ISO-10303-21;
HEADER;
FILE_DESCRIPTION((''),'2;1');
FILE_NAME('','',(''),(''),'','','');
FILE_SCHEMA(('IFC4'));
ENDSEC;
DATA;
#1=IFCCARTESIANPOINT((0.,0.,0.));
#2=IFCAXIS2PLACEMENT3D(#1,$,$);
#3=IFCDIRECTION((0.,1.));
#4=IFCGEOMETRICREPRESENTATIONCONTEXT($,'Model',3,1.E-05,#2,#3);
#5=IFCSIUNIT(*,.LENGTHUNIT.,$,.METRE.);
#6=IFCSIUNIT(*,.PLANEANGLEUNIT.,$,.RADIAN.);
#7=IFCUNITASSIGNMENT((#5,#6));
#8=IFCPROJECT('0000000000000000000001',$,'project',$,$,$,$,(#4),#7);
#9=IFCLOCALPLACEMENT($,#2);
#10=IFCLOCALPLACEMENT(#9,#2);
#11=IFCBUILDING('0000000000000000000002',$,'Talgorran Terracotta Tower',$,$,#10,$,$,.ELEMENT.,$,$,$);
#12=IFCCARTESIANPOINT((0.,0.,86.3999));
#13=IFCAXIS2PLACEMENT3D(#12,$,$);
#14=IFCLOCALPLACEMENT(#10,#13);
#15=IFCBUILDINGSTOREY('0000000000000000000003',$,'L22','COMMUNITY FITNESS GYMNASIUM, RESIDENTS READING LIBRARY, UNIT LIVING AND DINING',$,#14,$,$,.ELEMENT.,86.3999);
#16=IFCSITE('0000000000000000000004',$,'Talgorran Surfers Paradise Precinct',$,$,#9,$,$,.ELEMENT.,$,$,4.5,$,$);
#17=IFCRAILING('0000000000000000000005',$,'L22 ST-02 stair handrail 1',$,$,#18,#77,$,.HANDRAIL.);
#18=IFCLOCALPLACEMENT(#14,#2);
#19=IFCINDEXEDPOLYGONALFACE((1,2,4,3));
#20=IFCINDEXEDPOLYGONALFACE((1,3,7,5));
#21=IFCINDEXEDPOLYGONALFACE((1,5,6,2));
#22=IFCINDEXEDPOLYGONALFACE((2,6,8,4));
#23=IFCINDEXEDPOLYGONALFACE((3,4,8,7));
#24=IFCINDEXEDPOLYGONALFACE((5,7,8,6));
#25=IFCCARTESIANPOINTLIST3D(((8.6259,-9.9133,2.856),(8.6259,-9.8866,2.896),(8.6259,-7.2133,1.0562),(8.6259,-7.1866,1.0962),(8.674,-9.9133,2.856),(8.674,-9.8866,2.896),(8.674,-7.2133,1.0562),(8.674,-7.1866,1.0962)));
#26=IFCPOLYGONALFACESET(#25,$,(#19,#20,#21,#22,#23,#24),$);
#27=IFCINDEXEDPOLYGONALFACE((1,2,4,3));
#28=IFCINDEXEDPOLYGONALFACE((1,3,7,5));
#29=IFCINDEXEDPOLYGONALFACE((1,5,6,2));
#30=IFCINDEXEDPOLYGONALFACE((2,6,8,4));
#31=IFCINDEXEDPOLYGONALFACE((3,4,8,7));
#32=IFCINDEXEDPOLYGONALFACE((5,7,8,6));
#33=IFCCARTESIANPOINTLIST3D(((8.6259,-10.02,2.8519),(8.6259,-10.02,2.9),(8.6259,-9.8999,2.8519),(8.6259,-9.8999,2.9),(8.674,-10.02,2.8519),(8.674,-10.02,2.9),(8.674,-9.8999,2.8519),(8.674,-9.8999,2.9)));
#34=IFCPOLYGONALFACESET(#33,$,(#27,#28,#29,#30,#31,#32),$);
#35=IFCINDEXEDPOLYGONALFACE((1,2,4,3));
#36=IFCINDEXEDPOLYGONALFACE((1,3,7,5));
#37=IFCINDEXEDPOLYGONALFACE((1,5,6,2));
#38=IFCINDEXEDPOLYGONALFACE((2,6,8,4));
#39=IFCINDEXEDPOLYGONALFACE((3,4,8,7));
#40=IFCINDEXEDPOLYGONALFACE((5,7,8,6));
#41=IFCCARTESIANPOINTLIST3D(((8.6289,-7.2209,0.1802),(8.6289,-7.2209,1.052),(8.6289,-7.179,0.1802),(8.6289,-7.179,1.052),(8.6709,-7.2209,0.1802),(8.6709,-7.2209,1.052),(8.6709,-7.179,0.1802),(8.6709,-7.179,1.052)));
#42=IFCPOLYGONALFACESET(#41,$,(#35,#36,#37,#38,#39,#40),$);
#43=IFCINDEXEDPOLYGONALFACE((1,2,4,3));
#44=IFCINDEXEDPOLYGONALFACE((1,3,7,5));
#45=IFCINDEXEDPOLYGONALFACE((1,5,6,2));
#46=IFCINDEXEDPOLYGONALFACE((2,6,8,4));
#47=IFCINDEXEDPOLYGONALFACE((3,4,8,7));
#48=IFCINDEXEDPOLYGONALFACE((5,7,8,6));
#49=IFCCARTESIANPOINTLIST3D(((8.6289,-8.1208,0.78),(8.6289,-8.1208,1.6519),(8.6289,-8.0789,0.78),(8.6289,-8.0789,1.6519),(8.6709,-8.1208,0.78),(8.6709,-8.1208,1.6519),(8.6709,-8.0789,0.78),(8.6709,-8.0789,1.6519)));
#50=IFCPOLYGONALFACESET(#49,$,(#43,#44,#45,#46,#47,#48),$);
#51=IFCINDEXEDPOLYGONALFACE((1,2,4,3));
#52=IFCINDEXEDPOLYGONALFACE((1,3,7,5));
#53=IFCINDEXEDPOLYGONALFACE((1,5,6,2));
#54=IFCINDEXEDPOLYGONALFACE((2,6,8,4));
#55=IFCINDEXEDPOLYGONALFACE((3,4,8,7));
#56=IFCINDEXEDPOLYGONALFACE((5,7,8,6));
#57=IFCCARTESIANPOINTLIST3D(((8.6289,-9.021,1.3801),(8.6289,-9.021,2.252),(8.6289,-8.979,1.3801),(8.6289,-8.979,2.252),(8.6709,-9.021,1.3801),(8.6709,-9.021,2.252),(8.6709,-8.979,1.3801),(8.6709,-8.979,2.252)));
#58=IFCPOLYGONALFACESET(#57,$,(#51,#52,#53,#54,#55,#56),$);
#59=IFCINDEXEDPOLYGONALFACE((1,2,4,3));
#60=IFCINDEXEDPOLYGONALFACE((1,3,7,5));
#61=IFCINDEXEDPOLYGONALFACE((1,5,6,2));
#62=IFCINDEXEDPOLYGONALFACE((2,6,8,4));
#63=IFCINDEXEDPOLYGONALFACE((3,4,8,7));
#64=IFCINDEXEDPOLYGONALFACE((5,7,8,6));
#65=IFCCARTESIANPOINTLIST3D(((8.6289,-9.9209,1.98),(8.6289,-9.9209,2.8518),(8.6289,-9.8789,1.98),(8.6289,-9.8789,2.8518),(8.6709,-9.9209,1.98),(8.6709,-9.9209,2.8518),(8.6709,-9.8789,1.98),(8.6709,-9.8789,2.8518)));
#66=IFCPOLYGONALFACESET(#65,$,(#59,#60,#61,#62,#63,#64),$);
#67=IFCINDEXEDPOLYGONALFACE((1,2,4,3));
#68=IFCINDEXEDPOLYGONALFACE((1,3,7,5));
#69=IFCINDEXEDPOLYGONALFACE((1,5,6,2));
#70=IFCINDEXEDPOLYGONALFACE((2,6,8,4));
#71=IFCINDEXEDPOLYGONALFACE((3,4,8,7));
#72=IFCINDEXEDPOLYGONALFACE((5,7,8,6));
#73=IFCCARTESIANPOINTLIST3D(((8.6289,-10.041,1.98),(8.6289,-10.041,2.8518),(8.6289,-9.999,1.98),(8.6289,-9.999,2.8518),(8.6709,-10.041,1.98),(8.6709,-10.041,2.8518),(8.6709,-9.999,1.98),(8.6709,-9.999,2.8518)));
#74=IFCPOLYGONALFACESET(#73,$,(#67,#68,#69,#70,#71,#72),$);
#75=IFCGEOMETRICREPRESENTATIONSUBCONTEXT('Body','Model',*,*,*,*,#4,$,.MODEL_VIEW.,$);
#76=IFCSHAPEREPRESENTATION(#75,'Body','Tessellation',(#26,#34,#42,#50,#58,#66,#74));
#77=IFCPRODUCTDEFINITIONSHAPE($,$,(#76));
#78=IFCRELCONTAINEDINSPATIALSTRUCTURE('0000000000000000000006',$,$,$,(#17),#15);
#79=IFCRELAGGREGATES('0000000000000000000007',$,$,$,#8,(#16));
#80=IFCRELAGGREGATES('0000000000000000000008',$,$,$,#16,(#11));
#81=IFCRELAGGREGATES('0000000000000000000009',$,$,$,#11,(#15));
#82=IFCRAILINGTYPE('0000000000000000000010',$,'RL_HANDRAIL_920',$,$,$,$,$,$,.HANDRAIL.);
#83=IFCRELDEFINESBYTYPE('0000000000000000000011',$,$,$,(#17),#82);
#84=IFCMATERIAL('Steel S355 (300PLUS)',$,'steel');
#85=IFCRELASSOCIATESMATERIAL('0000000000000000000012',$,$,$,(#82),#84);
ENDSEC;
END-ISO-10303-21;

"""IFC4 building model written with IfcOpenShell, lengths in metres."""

from ifc_helpers import new_model, si_unit, direction, frame, origin, origin_2d, place, context, subcontext, project, spatial, rectangle, extrude, material, type_object, element, save


model = new_model("IFC4")

# Units and contexts
model_context = context("Model", 3, precision=1e-05, world=origin(), true_north=direction((0.0, 1.0)))
body_context = subcontext(model_context, "Body", "Model", "MODEL_VIEW")
ifc_project = project(units=[si_unit("LENGTHUNIT", "METRE"), si_unit("PLANEANGLEUNIT", "RADIAN")], contexts=[model_context])

# Site, building, storey
site_placement = place(None, origin())
site = spatial("IfcSite", under=ifc_project, at=site_placement, Name="Talgorran Surfers Paradise Precinct", CompositionType="ELEMENT", RefElevation=4.5)
building_placement = place(site_placement, origin())
building = spatial("IfcBuilding", under=site, at=building_placement, Name="Talgorran Terracotta Tower", CompositionType="ELEMENT")
storey_placement = place(building_placement, frame((0.0, 0.0, 86.3999)))
storey = spatial("IfcBuildingStorey", under=building, at=storey_placement, Name="L22", Description="COMMUNITY FITNESS GYMNASIUM, RESIDENTS READING LIBRARY, UNIT LIVING AND DINING", CompositionType="ELEMENT", Elevation=86.3999)

# Railing
ifc_material_1 = material(Name="Steel S355 (300PLUS)", Category="steel")
railing_type = type_object("IfcRailingType", Name="RL_HANDRAIL_920", PredefinedType="HANDRAIL", material=ifc_material_1)
railing_placement = place(storey_placement, frame((8.6499, -7.2, 0.1802)))
element("IfcRailing", 1, at=railing_placement, inside=storey, type_object=railing_type, Name="L22 ST-02 stair handrail 1", PredefinedType="HANDRAIL", context=body_context, shape_type="SweptSolid", body=[
    extrude(rectangle(XDim=0.0481, YDim=0.0481, at=origin_2d()), frame((0.0, 0.0, 0.896), z_axis=(0.0, -0.832073, 0.554665), x_axis=(1.0, 0.0, 0.0)), (0.0, 0.0, 1.0), 3.2449),
    extrude(rectangle(XDim=0.0481, YDim=0.0481, at=origin_2d()), frame((0.0, -2.7, 2.6958), z_axis=(0.0, -1.0, 0.0), x_axis=(1.0, 0.0, 0.0)), (0.0, 0.0, 1.0), 0.1201),
    extrude(rectangle(XDim=0.042, YDim=0.042, at=origin_2d()), origin(), (0.0, 0.0, 1.0), 0.8718),
    extrude(rectangle(XDim=0.042, YDim=0.042, at=origin_2d()), frame((0.0, -0.8999, 0.5999)), (0.0, 0.0, 1.0), 0.8718),
    extrude(rectangle(XDim=0.042, YDim=0.042, at=origin_2d()), frame((0.0, -1.8, 1.2)), (0.0, 0.0, 1.0), 0.8718),
    extrude(rectangle(XDim=0.042, YDim=0.042, at=origin_2d()), frame((0.0, -2.7, 1.7998)), (0.0, 0.0, 1.0), 0.8718),
    extrude(rectangle(XDim=0.042, YDim=0.042, at=origin_2d()), frame((0.0, -2.8201, 1.7998)), (0.0, 0.0, 1.0), 0.8718),
])

save(model, "model.ifc")
